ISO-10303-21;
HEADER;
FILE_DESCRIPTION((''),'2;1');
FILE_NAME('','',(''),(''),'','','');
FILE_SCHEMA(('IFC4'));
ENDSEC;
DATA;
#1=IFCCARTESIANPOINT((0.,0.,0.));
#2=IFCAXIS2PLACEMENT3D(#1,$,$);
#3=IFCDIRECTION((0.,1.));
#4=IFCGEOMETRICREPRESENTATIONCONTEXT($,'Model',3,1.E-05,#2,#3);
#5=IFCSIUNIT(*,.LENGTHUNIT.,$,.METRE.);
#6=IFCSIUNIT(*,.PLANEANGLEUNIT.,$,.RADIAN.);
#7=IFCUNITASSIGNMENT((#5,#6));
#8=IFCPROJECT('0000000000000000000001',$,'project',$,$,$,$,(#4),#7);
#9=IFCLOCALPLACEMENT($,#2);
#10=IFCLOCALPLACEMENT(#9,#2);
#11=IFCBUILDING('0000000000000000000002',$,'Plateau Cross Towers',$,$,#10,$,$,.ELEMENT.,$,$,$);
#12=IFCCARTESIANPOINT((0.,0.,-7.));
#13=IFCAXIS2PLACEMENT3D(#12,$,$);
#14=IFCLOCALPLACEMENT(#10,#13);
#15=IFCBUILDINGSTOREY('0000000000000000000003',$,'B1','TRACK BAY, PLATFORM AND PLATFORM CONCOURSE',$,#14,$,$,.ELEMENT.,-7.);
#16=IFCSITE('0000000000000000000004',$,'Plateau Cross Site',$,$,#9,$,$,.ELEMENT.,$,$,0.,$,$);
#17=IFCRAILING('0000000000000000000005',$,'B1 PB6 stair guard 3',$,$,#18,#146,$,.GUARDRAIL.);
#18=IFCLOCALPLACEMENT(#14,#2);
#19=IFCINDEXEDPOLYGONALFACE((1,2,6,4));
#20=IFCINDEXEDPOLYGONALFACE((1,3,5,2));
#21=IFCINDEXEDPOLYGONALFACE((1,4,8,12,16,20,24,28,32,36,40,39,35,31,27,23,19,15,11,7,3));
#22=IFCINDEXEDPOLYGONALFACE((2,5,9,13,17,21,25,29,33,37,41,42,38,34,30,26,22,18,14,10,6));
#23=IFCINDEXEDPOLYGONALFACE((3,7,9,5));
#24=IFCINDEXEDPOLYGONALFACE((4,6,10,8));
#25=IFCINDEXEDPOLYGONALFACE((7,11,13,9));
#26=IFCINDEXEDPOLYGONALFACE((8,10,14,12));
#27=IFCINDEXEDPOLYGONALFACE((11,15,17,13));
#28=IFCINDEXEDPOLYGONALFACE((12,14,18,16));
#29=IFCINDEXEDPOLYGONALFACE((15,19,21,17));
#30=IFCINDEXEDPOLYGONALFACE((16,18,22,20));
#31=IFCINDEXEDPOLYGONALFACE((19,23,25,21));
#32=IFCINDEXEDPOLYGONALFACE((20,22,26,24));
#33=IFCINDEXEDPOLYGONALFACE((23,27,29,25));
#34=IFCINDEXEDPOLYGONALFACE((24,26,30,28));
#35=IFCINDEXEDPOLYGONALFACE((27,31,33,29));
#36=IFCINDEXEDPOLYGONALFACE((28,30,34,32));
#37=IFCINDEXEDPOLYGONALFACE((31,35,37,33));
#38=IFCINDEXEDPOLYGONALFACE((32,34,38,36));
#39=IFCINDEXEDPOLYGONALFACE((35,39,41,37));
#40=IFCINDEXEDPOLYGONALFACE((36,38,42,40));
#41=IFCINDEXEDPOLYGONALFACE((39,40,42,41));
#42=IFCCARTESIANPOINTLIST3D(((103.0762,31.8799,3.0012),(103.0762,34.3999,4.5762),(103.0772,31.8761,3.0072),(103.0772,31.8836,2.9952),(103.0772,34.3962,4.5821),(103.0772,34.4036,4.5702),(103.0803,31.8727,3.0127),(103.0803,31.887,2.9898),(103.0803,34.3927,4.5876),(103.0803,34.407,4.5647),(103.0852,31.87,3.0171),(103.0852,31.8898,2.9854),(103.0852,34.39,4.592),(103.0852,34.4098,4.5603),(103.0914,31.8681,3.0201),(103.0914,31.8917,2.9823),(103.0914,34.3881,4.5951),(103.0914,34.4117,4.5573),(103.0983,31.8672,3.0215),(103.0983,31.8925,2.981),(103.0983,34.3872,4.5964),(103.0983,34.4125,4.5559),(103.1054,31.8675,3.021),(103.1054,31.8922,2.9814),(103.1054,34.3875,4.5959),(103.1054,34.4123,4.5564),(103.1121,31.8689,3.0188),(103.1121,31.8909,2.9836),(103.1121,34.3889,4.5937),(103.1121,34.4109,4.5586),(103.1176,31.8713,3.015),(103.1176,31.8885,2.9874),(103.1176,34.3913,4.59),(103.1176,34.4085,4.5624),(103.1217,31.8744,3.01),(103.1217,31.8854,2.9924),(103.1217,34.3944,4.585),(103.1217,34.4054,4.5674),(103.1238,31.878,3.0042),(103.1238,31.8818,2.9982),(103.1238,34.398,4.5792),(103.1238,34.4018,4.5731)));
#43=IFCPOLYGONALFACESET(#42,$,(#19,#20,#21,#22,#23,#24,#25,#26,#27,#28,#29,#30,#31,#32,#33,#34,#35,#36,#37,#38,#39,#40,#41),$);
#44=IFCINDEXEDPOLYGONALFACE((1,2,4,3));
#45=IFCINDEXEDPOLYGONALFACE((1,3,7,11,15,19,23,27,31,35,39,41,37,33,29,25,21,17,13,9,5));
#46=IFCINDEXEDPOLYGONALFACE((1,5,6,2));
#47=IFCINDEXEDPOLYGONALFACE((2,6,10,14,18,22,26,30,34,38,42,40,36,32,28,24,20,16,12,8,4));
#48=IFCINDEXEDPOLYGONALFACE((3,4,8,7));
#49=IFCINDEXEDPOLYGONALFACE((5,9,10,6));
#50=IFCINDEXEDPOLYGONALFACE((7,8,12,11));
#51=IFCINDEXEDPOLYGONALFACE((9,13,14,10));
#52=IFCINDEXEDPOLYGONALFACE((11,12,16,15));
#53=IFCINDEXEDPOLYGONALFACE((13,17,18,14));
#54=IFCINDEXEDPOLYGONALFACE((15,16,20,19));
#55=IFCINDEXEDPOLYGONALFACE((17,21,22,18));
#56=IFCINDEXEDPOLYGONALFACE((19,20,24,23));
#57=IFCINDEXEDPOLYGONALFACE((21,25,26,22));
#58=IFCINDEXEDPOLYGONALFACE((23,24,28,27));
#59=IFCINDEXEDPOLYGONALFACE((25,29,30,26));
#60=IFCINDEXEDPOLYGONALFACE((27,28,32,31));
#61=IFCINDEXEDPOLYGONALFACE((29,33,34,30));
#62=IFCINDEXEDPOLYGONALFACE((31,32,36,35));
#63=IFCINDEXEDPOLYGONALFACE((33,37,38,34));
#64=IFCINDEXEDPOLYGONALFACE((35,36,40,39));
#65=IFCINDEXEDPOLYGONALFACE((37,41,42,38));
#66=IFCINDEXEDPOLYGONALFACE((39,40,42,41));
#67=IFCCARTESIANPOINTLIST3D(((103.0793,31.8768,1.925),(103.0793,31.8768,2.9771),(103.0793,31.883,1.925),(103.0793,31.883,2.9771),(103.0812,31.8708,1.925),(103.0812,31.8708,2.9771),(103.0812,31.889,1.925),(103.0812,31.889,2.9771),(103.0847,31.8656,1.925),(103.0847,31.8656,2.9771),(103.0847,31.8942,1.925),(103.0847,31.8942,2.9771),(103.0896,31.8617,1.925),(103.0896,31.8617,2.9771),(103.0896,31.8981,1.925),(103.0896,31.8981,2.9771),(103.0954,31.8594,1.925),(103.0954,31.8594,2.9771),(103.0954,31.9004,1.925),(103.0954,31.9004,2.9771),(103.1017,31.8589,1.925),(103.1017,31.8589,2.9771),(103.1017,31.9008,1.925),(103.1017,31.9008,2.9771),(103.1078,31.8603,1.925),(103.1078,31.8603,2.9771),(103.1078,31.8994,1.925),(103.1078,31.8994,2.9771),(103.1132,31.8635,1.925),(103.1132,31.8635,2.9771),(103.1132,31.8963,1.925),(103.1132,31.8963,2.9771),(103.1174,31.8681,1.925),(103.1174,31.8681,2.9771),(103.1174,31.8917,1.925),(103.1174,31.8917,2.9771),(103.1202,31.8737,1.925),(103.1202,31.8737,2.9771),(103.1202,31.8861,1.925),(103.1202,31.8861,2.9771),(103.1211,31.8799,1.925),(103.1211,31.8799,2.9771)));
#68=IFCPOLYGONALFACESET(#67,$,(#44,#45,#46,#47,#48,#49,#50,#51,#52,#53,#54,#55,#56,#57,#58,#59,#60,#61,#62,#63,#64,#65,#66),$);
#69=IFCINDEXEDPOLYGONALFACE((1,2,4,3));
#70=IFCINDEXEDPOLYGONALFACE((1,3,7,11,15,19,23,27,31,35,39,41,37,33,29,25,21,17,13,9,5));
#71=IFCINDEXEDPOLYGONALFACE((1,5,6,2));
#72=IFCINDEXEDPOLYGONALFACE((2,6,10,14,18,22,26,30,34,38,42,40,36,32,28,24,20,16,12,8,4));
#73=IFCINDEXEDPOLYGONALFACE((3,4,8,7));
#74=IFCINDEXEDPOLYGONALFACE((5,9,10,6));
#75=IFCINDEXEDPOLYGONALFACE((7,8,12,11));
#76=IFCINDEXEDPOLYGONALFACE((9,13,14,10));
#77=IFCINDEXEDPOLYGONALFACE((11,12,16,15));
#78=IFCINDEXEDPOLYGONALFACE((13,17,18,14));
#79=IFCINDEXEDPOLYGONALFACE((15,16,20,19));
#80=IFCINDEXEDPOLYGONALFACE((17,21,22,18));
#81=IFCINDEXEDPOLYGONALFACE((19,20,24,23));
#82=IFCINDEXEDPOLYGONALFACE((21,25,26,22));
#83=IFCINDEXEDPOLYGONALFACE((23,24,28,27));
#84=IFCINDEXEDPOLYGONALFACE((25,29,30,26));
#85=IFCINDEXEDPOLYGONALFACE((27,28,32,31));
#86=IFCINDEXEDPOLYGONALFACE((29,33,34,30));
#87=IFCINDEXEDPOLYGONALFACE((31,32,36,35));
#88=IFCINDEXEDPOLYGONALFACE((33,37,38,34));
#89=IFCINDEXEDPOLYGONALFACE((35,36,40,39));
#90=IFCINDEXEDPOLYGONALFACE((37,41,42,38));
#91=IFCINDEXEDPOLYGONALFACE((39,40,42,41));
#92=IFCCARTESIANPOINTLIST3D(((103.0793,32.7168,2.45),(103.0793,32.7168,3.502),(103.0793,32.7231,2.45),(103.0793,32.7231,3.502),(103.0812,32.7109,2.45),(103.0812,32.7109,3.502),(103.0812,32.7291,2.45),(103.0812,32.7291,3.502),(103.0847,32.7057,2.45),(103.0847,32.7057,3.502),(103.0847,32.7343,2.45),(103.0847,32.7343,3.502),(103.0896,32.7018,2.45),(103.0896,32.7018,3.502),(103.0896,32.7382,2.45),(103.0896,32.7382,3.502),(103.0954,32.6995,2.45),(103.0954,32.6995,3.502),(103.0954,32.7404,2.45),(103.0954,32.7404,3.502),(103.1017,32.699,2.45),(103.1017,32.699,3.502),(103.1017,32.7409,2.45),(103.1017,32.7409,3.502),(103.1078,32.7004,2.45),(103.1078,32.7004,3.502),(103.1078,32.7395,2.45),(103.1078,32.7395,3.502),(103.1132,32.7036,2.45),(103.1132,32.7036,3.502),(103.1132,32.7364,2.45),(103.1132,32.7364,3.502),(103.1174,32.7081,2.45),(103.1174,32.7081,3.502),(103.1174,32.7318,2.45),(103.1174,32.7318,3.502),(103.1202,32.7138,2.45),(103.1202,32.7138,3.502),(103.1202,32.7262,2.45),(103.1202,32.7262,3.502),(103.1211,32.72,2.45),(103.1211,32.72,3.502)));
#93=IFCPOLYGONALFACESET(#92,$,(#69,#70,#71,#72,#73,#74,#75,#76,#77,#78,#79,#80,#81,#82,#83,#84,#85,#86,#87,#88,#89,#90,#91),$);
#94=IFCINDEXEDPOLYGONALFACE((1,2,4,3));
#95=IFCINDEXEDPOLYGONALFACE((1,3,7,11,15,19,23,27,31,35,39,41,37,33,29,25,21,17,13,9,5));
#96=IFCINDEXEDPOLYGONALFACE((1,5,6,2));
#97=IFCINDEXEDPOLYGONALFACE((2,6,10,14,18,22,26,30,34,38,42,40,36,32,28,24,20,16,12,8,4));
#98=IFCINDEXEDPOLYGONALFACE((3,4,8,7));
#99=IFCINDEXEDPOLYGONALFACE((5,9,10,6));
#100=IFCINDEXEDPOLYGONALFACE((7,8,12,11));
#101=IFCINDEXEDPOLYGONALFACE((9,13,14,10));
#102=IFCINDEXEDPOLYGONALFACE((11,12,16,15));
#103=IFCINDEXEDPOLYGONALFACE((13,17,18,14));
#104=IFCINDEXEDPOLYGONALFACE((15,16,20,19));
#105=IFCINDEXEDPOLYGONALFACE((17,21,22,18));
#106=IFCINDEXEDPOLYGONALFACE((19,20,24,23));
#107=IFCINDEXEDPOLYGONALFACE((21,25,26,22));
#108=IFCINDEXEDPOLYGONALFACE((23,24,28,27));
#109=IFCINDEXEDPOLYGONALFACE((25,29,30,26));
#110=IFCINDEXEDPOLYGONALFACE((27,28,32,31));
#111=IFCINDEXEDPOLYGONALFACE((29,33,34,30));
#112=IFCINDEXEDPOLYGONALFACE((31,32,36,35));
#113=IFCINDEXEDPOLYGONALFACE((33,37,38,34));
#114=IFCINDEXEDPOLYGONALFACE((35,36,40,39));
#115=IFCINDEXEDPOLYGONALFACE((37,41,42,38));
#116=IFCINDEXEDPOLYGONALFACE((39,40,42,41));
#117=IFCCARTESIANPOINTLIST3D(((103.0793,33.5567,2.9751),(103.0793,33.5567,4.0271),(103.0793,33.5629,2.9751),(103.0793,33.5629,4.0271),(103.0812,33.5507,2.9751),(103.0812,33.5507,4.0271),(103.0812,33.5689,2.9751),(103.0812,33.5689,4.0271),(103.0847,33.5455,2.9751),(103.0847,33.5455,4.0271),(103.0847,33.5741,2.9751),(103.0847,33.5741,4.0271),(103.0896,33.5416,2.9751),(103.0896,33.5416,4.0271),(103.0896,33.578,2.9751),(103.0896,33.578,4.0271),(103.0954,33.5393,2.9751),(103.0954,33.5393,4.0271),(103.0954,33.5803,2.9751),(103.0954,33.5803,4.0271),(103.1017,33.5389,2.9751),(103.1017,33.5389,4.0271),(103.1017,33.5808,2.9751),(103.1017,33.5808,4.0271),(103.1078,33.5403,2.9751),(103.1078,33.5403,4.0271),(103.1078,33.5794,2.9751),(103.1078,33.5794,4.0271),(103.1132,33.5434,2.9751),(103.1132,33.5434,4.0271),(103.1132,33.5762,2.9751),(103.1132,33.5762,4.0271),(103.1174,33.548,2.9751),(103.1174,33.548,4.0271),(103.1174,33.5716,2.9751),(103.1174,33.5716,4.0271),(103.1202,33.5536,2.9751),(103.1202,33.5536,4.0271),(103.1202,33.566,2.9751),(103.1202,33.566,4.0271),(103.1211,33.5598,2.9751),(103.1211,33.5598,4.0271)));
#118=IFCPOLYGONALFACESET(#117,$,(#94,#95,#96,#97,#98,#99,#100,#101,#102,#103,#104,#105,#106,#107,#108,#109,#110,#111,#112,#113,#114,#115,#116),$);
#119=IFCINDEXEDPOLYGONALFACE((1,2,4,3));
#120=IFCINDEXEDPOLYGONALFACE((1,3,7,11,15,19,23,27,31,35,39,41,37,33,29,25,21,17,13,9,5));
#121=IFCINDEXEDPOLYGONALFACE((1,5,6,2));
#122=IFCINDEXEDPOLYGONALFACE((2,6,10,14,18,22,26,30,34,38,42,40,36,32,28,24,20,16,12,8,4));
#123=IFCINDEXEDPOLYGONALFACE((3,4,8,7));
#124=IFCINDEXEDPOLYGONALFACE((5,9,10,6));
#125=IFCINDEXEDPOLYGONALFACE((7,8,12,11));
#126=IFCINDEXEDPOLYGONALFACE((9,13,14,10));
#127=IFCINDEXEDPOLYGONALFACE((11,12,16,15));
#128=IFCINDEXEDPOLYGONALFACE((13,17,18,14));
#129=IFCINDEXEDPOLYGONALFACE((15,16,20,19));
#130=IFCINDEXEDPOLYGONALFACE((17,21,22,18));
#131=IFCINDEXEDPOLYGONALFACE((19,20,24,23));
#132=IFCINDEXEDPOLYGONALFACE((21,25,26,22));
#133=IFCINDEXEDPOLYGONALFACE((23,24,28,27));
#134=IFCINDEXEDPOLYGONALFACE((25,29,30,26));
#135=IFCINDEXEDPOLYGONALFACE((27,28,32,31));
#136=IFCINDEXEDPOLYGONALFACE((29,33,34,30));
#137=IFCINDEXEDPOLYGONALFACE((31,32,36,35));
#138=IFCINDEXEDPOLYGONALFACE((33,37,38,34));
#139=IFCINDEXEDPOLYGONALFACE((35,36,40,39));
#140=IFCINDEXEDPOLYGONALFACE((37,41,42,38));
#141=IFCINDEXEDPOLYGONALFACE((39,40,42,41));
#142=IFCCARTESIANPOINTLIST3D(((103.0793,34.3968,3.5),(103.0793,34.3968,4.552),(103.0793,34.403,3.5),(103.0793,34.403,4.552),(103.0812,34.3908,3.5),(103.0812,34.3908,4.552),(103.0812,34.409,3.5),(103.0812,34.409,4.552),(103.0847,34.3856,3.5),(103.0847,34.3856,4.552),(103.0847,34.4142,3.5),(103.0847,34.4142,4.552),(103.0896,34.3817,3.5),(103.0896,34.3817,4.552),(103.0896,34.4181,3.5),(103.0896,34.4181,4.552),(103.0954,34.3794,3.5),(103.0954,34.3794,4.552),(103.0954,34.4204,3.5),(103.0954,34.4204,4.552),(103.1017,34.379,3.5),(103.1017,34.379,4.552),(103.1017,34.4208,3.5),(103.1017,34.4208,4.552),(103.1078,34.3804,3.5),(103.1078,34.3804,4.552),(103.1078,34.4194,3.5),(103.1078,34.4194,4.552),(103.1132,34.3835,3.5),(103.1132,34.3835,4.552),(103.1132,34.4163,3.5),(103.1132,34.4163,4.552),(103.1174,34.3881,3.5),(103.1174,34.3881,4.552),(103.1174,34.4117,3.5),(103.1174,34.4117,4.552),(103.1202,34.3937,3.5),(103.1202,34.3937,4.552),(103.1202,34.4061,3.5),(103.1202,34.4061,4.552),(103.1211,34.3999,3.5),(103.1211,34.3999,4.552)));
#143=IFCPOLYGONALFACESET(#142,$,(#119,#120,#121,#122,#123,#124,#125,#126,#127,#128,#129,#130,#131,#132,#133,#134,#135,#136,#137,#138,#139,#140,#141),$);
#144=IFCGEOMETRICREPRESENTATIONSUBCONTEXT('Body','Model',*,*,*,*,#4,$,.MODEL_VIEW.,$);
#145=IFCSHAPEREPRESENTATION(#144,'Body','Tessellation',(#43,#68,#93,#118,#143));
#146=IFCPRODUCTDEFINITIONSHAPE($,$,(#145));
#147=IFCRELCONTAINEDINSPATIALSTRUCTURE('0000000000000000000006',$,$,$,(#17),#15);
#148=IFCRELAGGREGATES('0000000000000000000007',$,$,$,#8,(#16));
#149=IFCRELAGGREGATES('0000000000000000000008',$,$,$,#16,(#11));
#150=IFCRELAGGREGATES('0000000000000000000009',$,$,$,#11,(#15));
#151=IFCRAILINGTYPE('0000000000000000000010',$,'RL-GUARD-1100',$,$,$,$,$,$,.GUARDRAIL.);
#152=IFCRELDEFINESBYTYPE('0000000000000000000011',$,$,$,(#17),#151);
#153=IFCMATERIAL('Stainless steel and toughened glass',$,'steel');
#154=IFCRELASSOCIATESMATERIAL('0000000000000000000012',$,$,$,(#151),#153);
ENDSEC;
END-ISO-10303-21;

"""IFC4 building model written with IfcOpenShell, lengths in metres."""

from ifc_helpers import new_model, si_unit, direction, frame, origin, origin_2d, place, context, subcontext, project, spatial, circle, extrude, material, type_object, element, save


model = new_model("IFC4")

# Units and contexts
model_context = context("Model", 3, precision=1e-05, world=origin(), true_north=direction((0.0, 1.0)))
body_context = subcontext(model_context, "Body", "Model", "MODEL_VIEW")
ifc_project = project(units=[si_unit("LENGTHUNIT", "METRE"), si_unit("PLANEANGLEUNIT", "RADIAN")], contexts=[model_context])

# Site, building, storey
site_placement = place(None, origin())
site = spatial("IfcSite", under=ifc_project, at=site_placement, Name="Plateau Cross Site", CompositionType="ELEMENT", RefElevation=0.0)
building_placement = place(site_placement, origin())
building = spatial("IfcBuilding", under=site, at=building_placement, Name="Plateau Cross Towers", CompositionType="ELEMENT")
storey_placement = place(building_placement, frame((0.0, 0.0, -7.0)))
storey = spatial("IfcBuildingStorey", under=building, at=storey_placement, Name="B1", Description="TRACK BAY, PLATFORM AND PLATFORM CONCOURSE", CompositionType="ELEMENT", Elevation=-7.0)

# Railing
ifc_material_1 = material(Name="Stainless steel and toughened glass", Category="steel")
railing_type_1 = type_object("IfcRailingType", Name="RL-GUARD-1100", PredefinedType="GUARDRAIL", material=ifc_material_1)
railing_1_placement = place(storey_placement, frame((103.1001, 31.8799, 1.925)))
element("IfcRailing", 1, at=railing_1_placement, inside=storey, type_object=railing_type_1, Name="B1 PB6 stair guard 3", PredefinedType="GUARDRAIL", context=body_context, shape_type="SweptSolid", body=[
    extrude(circle(Radius=0.0239, at=origin_2d()), frame((0.0, 0.0, 1.0762), z_axis=(0.0, 0.848008, 0.529984), x_axis=(-1.0, 0.0, 0.0)), (0.0, 0.0, 1.0), 2.9717),
    extrude(circle(Radius=0.021, at=origin_2d()), origin(), (0.0, 0.0, 1.0), 1.052),
    extrude(circle(Radius=0.021, at=origin_2d()), frame((0.0, 0.8401, 0.5249)), (0.0, 0.0, 1.0), 1.052),
    extrude(circle(Radius=0.021, at=origin_2d()), frame((0.0, 1.6799, 1.05)), (0.0, 0.0, 1.0), 1.052),
    extrude(circle(Radius=0.021, at=origin_2d()), frame((0.0, 2.52, 1.575)), (0.0, 0.0, 1.0), 1.052),
])

save(model, "model.ifc")
